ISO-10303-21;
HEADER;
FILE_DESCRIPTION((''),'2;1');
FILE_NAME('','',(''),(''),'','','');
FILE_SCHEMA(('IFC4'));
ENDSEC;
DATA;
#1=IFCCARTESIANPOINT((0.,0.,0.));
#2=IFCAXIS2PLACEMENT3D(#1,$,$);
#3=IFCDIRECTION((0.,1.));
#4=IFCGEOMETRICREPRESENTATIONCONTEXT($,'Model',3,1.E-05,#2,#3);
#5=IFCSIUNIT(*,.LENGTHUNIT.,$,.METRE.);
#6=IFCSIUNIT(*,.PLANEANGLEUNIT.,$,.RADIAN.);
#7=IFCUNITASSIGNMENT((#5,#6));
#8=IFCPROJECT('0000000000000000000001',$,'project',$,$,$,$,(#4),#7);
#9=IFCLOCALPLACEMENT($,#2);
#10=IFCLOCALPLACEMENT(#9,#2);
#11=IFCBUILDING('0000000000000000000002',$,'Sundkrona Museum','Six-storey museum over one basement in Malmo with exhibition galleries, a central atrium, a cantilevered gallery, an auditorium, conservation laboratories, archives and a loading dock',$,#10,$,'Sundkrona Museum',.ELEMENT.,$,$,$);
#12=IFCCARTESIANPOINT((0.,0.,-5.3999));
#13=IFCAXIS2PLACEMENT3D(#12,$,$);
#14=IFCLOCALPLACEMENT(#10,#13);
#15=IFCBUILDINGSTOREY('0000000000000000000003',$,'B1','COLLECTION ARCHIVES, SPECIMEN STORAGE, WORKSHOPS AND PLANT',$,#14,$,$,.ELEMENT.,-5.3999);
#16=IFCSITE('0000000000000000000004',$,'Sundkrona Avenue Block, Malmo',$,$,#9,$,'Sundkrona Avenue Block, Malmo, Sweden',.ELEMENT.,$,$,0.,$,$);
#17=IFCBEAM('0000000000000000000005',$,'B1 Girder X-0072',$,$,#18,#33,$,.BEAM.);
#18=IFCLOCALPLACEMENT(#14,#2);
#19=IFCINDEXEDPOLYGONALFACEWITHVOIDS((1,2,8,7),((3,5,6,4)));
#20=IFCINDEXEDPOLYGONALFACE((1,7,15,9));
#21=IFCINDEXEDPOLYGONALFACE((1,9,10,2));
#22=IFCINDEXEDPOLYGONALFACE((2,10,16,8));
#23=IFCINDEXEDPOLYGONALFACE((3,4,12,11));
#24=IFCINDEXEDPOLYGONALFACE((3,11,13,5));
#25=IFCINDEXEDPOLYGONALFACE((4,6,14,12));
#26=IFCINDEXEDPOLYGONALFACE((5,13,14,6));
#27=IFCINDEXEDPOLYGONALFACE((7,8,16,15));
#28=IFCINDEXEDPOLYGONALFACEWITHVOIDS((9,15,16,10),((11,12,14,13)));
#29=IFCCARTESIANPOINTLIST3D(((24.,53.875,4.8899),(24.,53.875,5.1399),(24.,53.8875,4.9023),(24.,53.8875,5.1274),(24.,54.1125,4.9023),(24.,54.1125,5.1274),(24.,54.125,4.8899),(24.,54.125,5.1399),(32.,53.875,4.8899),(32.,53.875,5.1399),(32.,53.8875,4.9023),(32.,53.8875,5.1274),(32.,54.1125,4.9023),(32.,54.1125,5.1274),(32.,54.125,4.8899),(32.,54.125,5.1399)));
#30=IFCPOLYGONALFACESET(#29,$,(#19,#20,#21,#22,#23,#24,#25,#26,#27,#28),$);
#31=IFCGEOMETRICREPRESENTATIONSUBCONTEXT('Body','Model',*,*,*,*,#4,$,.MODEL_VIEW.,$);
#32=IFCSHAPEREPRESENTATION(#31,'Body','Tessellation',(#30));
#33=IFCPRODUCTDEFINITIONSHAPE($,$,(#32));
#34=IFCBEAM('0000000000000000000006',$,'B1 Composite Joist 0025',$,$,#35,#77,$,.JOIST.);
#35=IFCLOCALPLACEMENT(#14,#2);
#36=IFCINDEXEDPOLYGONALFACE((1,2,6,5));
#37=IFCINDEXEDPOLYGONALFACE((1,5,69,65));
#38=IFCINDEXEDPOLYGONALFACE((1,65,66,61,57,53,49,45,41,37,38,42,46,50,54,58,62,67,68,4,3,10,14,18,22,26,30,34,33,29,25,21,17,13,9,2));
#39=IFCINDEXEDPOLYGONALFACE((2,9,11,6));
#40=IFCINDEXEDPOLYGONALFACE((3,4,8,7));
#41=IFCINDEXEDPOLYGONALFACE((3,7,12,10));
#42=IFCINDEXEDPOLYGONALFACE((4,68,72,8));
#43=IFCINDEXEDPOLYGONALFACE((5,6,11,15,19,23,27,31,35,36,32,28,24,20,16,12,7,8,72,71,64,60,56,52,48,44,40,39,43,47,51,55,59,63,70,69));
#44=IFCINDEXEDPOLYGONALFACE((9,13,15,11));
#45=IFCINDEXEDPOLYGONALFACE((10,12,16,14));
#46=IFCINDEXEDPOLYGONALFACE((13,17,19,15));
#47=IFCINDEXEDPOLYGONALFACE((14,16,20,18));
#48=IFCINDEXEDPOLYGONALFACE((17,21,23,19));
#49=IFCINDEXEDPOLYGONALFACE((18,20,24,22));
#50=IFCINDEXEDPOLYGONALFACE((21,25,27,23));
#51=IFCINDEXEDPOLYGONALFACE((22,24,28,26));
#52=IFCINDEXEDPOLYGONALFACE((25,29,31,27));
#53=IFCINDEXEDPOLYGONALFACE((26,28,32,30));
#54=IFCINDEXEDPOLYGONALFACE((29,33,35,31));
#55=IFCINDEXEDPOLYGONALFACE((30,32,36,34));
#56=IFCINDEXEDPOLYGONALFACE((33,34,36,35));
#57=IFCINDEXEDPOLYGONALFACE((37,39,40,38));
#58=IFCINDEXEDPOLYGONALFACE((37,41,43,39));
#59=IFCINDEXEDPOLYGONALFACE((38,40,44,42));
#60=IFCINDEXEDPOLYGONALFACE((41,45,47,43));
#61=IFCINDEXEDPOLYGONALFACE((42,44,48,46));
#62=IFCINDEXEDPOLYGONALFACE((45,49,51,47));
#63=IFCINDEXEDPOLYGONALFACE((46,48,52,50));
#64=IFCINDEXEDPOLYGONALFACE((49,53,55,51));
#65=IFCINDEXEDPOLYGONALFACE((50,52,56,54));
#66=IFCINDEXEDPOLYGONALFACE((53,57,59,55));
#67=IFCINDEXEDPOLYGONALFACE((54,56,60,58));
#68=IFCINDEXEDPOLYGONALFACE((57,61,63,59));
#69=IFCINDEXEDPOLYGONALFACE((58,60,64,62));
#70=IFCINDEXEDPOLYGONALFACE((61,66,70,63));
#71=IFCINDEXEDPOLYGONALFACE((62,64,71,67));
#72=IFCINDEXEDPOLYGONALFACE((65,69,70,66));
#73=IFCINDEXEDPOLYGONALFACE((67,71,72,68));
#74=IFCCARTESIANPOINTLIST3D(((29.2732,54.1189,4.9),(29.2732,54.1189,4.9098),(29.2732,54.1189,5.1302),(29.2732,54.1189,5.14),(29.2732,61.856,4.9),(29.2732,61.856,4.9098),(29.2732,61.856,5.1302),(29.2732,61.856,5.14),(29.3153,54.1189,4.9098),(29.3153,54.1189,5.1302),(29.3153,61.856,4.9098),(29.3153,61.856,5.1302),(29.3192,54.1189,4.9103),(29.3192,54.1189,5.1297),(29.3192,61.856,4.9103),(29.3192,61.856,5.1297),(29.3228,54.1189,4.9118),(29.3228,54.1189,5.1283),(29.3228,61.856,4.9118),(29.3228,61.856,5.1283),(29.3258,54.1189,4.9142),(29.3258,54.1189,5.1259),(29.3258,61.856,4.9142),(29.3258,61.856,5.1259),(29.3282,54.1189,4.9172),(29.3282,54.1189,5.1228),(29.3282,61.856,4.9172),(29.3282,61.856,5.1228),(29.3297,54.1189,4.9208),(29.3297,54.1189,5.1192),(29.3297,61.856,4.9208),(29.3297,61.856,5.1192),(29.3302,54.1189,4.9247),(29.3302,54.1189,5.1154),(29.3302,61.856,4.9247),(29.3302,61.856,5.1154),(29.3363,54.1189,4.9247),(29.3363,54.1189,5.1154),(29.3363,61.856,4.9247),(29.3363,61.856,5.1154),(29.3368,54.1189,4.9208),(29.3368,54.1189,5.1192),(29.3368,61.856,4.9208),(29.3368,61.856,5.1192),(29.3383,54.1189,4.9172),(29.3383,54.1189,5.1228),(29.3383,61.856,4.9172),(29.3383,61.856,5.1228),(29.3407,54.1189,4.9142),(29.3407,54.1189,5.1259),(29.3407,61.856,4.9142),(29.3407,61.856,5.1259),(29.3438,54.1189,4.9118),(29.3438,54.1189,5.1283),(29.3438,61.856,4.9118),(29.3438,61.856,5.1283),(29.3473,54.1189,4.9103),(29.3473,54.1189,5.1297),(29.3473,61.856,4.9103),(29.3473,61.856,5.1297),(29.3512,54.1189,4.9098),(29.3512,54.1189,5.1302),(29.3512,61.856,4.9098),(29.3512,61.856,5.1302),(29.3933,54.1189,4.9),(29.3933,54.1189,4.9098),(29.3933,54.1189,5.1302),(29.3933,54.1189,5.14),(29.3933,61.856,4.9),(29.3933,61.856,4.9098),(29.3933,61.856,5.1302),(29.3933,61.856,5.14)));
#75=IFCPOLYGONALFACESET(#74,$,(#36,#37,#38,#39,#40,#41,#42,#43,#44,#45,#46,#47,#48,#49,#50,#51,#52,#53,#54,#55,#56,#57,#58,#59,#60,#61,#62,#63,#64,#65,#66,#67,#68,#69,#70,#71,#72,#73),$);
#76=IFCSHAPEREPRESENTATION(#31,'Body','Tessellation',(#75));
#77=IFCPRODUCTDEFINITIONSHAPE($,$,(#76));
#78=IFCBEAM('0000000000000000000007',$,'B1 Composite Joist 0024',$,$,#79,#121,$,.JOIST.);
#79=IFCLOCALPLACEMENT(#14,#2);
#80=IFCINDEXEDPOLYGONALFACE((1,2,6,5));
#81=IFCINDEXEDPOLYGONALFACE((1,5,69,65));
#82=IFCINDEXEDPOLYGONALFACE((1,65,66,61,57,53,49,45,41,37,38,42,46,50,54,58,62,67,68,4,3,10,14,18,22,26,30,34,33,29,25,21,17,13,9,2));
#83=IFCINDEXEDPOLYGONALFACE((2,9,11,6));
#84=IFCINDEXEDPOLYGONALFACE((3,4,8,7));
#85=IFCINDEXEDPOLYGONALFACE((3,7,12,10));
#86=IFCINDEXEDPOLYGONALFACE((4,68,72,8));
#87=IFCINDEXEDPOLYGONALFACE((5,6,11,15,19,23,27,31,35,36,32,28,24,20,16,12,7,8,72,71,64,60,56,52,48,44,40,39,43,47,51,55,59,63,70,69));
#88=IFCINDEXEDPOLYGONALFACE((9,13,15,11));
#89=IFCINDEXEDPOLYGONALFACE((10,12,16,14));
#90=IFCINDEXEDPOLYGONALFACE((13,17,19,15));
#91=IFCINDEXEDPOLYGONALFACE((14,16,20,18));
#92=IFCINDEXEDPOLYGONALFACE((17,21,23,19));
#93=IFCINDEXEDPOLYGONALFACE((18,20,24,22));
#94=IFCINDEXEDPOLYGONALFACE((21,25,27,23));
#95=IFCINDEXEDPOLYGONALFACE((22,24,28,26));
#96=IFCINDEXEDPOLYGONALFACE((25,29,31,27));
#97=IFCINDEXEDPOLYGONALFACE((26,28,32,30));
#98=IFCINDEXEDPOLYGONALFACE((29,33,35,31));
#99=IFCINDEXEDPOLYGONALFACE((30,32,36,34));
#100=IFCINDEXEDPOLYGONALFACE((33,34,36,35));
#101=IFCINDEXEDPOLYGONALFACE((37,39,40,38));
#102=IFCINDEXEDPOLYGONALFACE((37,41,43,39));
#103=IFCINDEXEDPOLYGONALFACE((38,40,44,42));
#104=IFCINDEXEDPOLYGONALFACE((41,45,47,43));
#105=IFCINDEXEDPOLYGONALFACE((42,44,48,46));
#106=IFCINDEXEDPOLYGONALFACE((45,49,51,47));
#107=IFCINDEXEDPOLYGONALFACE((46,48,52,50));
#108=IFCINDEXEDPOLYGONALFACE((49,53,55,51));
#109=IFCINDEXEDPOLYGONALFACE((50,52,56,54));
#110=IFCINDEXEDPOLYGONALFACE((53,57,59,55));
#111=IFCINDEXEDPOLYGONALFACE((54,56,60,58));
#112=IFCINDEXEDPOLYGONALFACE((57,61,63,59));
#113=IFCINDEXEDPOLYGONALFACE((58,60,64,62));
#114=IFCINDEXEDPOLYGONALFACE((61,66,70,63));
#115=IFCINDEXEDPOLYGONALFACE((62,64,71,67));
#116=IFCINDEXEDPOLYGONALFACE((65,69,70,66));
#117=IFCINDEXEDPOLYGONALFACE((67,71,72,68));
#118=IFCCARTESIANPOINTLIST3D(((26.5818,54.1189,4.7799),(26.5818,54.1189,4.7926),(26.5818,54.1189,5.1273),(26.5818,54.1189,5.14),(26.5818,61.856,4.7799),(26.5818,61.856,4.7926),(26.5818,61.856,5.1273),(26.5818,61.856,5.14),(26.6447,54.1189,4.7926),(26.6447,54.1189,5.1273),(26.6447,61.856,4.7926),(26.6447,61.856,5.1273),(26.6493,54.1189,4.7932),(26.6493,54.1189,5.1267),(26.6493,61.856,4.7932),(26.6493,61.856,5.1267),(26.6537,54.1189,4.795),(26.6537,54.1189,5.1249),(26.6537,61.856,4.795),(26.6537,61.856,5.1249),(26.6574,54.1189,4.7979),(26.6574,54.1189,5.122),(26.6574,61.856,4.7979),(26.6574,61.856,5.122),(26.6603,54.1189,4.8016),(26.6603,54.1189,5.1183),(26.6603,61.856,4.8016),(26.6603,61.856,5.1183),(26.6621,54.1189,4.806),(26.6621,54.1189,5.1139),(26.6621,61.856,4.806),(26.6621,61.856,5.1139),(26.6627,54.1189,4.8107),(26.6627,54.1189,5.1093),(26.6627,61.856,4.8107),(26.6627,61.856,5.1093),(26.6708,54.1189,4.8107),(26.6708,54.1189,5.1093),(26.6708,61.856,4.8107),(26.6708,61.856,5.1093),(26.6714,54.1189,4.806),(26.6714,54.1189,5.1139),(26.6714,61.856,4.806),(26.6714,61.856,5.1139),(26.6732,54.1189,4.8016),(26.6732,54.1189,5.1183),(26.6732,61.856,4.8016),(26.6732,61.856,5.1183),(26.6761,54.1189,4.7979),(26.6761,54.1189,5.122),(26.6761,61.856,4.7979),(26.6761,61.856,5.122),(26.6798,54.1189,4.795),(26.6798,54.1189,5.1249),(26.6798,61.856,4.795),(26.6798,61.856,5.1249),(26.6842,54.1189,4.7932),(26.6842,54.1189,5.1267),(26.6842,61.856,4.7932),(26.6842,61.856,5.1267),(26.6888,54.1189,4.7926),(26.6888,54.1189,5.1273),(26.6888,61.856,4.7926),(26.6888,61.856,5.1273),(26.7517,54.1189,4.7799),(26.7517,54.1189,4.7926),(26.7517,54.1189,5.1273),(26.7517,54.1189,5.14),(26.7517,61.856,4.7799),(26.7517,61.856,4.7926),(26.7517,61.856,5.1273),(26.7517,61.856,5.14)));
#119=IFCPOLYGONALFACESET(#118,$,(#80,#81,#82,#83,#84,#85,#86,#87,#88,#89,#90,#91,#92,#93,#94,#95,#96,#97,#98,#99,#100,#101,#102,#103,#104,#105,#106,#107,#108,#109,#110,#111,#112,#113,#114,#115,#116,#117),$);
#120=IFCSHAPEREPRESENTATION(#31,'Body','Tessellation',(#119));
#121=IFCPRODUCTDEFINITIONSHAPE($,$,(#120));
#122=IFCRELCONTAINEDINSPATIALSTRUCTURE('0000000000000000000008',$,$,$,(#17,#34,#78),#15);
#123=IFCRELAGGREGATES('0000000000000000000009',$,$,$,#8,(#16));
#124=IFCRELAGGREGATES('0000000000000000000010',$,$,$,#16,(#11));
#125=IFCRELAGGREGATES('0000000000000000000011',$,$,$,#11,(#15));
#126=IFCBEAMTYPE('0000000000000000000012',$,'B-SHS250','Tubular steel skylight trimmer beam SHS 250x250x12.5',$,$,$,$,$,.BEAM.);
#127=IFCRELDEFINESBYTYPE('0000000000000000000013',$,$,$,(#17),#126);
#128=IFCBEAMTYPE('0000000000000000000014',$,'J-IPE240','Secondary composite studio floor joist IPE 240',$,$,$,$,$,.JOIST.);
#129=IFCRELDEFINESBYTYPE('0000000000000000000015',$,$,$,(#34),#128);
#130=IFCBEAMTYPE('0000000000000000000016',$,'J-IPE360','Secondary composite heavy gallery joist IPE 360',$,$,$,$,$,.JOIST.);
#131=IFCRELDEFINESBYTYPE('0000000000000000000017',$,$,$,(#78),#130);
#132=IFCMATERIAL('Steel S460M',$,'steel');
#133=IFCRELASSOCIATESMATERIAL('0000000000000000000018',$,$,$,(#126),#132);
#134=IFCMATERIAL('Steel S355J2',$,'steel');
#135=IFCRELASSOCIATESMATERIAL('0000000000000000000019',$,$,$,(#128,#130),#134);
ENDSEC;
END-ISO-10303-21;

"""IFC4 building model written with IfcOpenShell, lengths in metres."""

from ifc_helpers import new_model, si_unit, direction, frame, origin, origin_2d, place, context, subcontext, project, spatial, hollow_rectangle, i_section, extrude, material, material_profile, profile_set, type_object, element, save


model = new_model("IFC4")

# Units and contexts
model_context = context("Model", 3, precision=1e-05, world=origin(), true_north=direction((0.0, 1.0)))
body_context = subcontext(model_context, "Body", "Model", "MODEL_VIEW")
ifc_project = project(units=[si_unit("LENGTHUNIT", "METRE"), si_unit("PLANEANGLEUNIT", "RADIAN")], contexts=[model_context])

# Site, building, storey
site_placement = place(None, origin())
site = spatial("IfcSite", under=ifc_project, at=site_placement, Name="Sundkrona Avenue Block, Malmo", LongName="Sundkrona Avenue Block, Malmo, Sweden", CompositionType="ELEMENT", RefElevation=0.0)
building_placement = place(site_placement, origin())
building = spatial("IfcBuilding", under=site, at=building_placement, Name="Sundkrona Museum", Description="Six-storey museum over one basement in Malmo with exhibition galleries, a central atrium, a cantilevered gallery, an auditorium, conservation laboratories, archives and a loading dock", LongName="Sundkrona Museum", CompositionType="ELEMENT")
storey_placement = place(building_placement, frame((0.0, 0.0, -5.3999)))
storey = spatial("IfcBuildingStorey", under=building, at=storey_placement, Name="B1", Description="COLLECTION ARCHIVES, SPECIMEN STORAGE, WORKSHOPS AND PLANT", CompositionType="ELEMENT", Elevation=-5.3999)

# Shared definitions
ifc_material_1 = material(Name="Steel S460M", Category="steel")

# Beams
ifc_material_2 = material(Name="Steel S355J2", Category="steel")
ifc_material_profile_1 = material_profile(ifc_material_1, hollow_rectangle(XDim=0.25, YDim=0.25, WallThickness=0.0125, at=origin_2d()), Name="SHS 250x250x12.5")
ifc_profile_set_1 = profile_set([ifc_material_profile_1], Name="Steel S460M")
beam_type_1 = type_object("IfcBeamType", Name="B-SHS250", Description="Tubular steel skylight trimmer beam SHS 250x250x12.5", PredefinedType="BEAM", material=ifc_profile_set_1)
beam_1_placement = place(storey_placement, frame((24.0, 54.0, 5.0149), z_axis=(1.0, 0.0, 0.0), x_axis=(0.0, 1.0, 0.0)))
element("IfcBeam", 1, at=beam_1_placement, inside=storey, type_object=beam_type_1, Name="B1 Girder X-0072", PredefinedType="BEAM", context=body_context, shape_type="SweptSolid", body=[
    extrude(hollow_rectangle(XDim=0.25, YDim=0.25, WallThickness=0.0125, at=origin_2d()), origin(), (0.0, 0.0, 1.0), 8.0),
])
ifc_material_profile_2 = material_profile(ifc_material_2, i_section(OverallWidth=0.1201, OverallDepth=0.24, WebThickness=0.0061, FlangeThickness=0.0098, FilletRadius=0.0149, at=origin_2d()), Name="IPE 240")
ifc_profile_set_2 = profile_set([ifc_material_profile_2], Name="Steel S355J2")
beam_type_2 = type_object("IfcBeamType", Name="J-IPE240", Description="Secondary composite studio floor joist IPE 240", PredefinedType="JOIST", material=ifc_profile_set_2)
beam_2_placement = place(storey_placement, frame((29.3333, 54.1189, 5.02), z_axis=(0.0, 1.0, 0.0), x_axis=(-1.0, 0.0, 0.0)))
element("IfcBeam", 2, at=beam_2_placement, inside=storey, type_object=beam_type_2, Name="B1 Composite Joist 0025", PredefinedType="JOIST", context=body_context, shape_type="SweptSolid", body=[
    extrude(i_section(OverallWidth=0.1201, OverallDepth=0.24, WebThickness=0.0061, FlangeThickness=0.0098, FilletRadius=0.0149, at=origin_2d()), origin(), (0.0, 0.0, 1.0), 7.7371),
])
ifc_material_profile_3 = material_profile(ifc_material_2, i_section(OverallWidth=0.1699, OverallDepth=0.3601, WebThickness=0.0081, FlangeThickness=0.0127, FilletRadius=0.0181, at=origin_2d()), Name="IPE 360")
ifc_profile_set_3 = profile_set([ifc_material_profile_3], Name="Steel S355J2")
beam_type_3 = type_object("IfcBeamType", Name="J-IPE360", Description="Secondary composite heavy gallery joist IPE 360", PredefinedType="JOIST", material=ifc_profile_set_3)
beam_3_placement = place(storey_placement, frame((26.6667, 54.1189, 4.96), z_axis=(0.0, 1.0, 0.0), x_axis=(-1.0, 0.0, 0.0)))
element("IfcBeam", 3, at=beam_3_placement, inside=storey, type_object=beam_type_3, Name="B1 Composite Joist 0024", PredefinedType="JOIST", context=body_context, shape_type="SweptSolid", body=[
    extrude(i_section(OverallWidth=0.1699, OverallDepth=0.3601, WebThickness=0.0081, FlangeThickness=0.0127, FilletRadius=0.0181, at=origin_2d()), origin(), (0.0, 0.0, 1.0), 7.7371),
])

save(model, "model.ifc")
